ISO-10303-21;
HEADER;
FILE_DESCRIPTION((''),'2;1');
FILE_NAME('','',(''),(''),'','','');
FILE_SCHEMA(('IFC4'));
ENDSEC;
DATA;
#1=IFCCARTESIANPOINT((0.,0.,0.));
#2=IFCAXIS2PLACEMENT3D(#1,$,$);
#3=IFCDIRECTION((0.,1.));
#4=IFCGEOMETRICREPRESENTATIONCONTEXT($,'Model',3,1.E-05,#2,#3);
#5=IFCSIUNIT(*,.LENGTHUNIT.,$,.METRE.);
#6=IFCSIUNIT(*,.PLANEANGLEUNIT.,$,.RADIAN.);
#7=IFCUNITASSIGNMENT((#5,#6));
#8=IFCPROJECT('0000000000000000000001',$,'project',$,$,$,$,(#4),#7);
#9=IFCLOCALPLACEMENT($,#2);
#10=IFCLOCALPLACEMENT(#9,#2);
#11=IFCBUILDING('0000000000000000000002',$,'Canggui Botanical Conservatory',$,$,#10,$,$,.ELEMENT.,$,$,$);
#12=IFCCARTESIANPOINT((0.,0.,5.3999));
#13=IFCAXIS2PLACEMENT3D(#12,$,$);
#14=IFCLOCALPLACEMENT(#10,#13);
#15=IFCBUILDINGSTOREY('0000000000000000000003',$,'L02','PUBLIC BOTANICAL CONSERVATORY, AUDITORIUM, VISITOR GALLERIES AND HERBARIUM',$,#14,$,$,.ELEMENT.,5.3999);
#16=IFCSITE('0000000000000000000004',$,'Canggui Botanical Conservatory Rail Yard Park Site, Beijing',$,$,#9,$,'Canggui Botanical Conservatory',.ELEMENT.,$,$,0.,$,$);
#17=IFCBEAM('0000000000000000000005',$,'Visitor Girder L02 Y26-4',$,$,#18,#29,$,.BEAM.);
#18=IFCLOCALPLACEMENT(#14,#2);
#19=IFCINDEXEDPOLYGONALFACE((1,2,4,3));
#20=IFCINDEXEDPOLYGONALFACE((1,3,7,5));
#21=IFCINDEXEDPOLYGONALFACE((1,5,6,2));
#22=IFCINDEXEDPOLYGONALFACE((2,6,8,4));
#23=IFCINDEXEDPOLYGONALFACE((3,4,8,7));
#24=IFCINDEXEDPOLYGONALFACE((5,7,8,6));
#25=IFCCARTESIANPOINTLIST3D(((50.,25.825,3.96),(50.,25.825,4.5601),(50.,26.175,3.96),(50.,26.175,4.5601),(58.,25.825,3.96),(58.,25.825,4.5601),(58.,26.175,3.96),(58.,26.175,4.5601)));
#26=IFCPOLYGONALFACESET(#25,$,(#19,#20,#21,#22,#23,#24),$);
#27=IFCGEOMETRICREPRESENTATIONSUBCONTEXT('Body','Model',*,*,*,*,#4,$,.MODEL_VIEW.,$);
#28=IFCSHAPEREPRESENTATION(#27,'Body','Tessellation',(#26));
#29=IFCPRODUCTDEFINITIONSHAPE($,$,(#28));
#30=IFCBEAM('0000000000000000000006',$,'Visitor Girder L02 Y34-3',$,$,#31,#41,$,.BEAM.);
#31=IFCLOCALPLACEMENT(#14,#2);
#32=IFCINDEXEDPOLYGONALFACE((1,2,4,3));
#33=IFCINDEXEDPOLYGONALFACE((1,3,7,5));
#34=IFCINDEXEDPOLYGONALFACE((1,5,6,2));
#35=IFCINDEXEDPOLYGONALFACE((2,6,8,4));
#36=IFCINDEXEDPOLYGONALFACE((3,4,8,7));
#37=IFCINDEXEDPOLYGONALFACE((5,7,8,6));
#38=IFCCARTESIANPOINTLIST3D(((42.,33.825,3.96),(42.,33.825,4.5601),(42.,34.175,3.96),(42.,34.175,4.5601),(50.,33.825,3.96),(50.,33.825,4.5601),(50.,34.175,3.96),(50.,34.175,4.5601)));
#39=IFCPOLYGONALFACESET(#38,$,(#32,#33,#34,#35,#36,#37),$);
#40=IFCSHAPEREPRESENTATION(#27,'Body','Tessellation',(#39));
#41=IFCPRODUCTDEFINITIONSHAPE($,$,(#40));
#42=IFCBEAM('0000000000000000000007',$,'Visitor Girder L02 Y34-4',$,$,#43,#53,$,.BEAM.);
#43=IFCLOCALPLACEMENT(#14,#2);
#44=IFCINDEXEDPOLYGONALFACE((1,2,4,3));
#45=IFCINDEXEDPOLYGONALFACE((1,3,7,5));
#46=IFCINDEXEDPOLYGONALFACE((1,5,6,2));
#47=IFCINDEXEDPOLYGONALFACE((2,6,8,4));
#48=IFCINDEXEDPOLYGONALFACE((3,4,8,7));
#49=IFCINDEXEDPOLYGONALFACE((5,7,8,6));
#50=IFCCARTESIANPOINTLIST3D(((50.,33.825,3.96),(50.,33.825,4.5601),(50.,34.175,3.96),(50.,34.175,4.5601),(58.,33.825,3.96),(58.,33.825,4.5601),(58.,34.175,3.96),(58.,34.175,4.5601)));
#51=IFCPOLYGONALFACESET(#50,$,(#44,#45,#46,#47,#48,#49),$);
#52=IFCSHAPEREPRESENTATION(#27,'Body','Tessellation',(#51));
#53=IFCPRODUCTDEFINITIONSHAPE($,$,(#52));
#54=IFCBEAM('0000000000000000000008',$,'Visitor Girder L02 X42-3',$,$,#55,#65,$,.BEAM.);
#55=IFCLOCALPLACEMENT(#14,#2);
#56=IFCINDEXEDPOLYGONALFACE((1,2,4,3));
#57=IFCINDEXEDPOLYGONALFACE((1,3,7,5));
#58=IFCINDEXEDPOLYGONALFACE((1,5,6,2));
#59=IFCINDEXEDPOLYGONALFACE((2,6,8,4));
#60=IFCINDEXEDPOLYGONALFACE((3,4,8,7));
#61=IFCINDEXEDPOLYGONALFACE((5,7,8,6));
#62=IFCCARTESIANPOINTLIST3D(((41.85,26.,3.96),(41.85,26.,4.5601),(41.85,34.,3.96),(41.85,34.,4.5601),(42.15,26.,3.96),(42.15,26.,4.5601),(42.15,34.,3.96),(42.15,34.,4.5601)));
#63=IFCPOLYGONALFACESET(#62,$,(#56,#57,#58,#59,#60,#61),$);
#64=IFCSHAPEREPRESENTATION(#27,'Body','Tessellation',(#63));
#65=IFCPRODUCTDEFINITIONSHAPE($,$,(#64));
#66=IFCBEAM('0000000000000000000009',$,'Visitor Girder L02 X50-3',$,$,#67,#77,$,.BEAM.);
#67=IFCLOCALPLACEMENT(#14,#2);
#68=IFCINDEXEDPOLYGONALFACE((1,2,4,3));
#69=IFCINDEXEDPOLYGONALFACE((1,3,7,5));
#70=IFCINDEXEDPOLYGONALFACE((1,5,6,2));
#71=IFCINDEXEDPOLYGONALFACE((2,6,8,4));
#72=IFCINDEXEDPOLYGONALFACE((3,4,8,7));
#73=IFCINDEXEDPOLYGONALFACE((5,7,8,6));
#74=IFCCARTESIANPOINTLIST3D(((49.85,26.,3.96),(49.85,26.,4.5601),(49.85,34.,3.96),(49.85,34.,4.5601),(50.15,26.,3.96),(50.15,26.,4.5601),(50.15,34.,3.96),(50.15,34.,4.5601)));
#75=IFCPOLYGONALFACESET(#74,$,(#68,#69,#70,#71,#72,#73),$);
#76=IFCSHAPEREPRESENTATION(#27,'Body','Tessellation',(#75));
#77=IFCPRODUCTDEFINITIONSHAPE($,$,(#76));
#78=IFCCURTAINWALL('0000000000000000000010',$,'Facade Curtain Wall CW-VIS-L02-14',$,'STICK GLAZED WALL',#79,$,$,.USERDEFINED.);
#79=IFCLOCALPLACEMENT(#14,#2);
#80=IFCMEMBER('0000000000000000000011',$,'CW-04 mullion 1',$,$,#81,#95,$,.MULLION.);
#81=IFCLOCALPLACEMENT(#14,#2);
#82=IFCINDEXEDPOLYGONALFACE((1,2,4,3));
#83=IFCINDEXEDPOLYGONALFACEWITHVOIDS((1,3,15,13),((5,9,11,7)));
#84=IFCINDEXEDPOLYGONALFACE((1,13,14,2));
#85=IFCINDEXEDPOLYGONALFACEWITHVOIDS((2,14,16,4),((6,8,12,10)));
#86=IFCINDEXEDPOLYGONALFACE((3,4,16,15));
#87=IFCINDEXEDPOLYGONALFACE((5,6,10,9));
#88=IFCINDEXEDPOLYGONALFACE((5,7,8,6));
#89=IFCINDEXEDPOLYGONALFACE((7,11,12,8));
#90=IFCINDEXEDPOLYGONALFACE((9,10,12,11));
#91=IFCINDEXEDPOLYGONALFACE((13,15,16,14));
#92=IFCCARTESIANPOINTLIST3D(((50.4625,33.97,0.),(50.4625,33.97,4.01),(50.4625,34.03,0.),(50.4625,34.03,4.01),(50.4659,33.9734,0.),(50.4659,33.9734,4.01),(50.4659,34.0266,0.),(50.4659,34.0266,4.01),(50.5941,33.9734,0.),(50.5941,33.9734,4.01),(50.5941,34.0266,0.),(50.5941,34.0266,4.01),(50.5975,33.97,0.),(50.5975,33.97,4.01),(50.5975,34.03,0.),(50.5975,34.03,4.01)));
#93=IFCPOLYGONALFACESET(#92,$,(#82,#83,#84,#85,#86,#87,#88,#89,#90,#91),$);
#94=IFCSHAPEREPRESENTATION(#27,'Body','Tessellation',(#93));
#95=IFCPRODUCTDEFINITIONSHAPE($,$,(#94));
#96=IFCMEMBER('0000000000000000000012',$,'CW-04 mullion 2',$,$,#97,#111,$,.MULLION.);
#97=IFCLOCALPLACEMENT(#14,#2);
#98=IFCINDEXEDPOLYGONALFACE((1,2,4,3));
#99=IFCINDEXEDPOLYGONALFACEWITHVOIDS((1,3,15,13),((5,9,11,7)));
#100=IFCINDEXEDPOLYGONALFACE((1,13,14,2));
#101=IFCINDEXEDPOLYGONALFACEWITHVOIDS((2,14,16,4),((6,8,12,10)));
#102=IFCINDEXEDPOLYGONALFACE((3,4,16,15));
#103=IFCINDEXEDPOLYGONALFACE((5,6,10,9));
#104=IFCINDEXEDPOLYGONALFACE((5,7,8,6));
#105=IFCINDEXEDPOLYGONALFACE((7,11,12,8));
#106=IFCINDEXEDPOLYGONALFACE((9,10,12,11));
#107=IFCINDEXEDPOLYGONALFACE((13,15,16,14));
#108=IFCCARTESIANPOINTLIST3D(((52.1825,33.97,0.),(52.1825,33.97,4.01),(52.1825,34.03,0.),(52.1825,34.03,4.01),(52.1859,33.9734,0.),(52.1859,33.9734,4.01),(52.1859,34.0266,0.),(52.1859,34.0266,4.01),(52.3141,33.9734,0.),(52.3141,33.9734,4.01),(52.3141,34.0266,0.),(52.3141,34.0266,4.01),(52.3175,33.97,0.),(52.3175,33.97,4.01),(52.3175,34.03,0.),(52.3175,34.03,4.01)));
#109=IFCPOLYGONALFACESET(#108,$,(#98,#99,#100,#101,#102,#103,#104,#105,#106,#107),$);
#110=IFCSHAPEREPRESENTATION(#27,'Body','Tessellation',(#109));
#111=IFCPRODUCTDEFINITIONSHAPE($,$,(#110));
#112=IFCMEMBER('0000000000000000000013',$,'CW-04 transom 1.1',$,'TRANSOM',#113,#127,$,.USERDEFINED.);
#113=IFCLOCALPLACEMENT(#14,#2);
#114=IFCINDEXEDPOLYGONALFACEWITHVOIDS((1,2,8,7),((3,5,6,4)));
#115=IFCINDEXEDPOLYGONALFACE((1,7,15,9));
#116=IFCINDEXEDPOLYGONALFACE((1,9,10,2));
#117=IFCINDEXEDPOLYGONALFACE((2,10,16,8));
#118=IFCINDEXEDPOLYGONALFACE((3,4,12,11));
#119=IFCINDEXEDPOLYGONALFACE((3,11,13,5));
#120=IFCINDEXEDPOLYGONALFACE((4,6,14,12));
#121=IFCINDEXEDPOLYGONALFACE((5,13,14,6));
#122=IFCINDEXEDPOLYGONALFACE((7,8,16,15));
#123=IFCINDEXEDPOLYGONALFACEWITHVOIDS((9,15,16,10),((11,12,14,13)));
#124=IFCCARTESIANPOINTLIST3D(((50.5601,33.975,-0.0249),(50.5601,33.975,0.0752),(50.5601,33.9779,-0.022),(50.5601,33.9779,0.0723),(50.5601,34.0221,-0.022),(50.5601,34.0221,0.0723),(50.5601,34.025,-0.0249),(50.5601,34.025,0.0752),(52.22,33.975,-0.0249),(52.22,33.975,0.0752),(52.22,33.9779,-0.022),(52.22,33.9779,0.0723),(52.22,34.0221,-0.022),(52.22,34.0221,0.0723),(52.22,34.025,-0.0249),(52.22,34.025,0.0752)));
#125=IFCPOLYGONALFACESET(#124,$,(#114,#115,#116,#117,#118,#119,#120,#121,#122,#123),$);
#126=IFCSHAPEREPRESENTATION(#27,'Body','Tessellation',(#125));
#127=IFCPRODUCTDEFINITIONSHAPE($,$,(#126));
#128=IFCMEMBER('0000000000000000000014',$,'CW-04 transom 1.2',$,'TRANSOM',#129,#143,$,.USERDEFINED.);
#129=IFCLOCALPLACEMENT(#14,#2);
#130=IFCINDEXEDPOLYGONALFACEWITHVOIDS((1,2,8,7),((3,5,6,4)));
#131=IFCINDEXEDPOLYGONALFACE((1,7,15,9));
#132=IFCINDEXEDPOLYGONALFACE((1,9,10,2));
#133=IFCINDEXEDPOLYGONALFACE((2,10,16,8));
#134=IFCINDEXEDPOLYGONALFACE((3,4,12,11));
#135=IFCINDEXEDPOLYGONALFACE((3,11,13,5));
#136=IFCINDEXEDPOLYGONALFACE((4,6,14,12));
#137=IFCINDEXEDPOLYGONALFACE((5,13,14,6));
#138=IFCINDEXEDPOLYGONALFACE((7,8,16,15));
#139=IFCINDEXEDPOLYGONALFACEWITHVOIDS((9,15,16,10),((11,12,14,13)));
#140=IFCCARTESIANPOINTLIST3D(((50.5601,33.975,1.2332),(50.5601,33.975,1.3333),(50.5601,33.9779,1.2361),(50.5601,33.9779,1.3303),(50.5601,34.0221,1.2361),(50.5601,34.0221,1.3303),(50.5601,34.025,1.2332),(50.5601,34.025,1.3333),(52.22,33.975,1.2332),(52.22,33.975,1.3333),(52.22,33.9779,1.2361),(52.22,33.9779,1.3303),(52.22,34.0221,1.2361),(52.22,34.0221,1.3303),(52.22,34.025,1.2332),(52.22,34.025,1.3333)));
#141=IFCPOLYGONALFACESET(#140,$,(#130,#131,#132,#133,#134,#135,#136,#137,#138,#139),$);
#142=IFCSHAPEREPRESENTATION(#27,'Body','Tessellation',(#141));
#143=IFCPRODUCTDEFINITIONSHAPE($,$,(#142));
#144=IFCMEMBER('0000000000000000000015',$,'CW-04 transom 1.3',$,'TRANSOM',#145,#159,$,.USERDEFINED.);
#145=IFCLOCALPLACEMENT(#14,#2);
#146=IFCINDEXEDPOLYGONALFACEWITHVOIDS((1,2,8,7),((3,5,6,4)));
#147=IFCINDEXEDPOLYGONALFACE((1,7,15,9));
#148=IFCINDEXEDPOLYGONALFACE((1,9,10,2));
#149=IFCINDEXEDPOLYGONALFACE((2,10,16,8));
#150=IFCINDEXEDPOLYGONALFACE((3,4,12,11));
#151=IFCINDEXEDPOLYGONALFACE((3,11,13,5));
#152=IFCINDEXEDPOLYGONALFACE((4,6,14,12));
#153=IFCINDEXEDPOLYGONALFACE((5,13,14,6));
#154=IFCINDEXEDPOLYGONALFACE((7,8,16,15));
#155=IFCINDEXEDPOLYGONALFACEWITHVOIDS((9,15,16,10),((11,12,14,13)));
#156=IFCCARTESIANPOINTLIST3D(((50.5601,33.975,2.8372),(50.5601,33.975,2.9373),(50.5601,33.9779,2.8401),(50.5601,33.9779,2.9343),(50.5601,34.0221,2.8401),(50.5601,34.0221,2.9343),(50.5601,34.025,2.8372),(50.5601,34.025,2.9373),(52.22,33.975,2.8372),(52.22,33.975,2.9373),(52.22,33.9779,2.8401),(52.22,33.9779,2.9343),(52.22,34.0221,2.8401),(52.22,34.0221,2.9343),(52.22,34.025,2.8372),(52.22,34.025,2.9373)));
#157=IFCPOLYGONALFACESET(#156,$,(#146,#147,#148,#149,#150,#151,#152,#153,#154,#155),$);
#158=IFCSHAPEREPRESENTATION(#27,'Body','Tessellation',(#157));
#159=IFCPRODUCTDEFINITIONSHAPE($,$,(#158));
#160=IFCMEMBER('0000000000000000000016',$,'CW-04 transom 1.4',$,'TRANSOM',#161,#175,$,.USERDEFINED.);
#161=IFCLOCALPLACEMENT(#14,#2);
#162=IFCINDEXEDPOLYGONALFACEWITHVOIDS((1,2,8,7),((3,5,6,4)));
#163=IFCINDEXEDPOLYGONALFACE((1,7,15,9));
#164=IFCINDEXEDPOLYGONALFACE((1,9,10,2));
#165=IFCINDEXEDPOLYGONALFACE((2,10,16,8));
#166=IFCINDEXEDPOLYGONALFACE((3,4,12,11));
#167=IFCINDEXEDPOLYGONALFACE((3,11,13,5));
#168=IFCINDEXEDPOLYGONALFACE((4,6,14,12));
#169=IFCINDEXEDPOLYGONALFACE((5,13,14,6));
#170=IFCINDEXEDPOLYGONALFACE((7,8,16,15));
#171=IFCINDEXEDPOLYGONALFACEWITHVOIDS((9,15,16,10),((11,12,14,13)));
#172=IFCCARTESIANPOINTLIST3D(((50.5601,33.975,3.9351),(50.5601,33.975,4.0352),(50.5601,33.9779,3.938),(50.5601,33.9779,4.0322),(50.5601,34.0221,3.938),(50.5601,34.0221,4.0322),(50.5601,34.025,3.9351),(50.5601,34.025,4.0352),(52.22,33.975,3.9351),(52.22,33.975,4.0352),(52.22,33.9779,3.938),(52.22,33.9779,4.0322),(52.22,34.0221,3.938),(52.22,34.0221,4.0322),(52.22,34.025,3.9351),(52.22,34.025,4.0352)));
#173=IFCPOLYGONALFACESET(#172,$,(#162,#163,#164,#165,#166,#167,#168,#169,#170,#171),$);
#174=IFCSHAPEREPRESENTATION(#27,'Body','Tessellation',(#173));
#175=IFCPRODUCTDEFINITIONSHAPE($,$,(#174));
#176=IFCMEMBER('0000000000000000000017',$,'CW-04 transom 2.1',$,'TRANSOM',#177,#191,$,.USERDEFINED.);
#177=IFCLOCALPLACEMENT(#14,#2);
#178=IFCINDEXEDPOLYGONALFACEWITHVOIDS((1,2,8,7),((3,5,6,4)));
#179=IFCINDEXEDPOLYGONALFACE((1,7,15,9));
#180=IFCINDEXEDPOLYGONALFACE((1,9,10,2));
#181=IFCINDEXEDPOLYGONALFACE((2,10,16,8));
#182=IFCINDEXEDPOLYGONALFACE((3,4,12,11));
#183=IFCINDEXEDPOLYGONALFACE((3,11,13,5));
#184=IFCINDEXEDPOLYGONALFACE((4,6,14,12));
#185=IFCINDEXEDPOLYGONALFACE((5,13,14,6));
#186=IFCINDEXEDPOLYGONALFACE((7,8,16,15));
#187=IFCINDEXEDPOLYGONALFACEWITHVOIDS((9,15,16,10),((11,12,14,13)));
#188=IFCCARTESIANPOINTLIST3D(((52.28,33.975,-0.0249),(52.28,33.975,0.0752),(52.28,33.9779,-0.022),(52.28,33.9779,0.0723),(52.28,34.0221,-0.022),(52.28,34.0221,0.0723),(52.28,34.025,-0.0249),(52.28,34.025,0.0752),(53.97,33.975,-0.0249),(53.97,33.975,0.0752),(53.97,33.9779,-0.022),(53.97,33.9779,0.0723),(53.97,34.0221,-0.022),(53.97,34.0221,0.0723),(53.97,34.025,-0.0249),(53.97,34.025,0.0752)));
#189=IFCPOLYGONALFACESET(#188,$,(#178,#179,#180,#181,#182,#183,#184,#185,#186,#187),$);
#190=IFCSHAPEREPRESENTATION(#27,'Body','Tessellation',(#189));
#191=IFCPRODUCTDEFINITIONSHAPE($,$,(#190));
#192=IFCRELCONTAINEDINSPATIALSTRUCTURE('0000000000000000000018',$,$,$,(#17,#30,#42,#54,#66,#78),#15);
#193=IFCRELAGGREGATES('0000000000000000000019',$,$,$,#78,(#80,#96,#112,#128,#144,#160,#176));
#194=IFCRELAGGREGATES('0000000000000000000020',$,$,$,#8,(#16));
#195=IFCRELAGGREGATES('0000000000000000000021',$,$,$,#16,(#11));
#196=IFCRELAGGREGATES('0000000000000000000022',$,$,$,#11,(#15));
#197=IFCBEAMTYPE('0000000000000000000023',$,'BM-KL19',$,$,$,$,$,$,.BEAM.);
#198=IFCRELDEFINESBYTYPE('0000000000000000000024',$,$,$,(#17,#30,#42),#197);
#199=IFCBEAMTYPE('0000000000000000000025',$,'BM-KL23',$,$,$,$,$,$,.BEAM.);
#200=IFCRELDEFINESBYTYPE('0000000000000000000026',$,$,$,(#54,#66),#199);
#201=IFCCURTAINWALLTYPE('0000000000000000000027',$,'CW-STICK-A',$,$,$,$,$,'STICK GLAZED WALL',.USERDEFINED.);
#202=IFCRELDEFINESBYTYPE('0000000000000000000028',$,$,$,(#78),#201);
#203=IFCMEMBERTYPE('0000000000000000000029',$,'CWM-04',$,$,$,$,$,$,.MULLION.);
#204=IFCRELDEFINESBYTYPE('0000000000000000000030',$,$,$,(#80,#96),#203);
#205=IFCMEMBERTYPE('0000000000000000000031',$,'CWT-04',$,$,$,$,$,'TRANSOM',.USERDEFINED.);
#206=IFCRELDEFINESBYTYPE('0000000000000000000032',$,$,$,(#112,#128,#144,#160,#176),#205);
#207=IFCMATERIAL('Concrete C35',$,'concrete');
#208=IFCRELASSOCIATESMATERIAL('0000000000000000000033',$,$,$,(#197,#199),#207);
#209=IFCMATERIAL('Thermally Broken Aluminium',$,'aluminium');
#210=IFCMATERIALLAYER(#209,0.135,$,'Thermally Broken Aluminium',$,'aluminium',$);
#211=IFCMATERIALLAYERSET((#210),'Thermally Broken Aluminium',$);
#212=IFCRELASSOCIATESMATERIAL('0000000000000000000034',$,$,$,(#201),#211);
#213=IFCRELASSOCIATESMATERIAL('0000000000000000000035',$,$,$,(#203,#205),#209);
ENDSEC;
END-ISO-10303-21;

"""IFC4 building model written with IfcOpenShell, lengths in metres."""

from ifc_helpers import new_model, si_unit, direction, frame, origin, origin_2d, place, context, subcontext, project, spatial, rectangle, hollow_rectangle, extrude, material, layer, layer_set, material_profile, profile_set, type_object, element, aggregate, save


model = new_model("IFC4")

# Units and contexts
model_context = context("Model", 3, precision=1e-05, world=origin(), true_north=direction((0.0, 1.0)))
body_context = subcontext(model_context, "Body", "Model", "MODEL_VIEW")
ifc_project = project(units=[si_unit("LENGTHUNIT", "METRE"), si_unit("PLANEANGLEUNIT", "RADIAN")], contexts=[model_context])

# Site, building, storey
site_placement = place(None, origin())
site = spatial("IfcSite", under=ifc_project, at=site_placement, Name="Canggui Botanical Conservatory Rail Yard Park Site, Beijing", LongName="Canggui Botanical Conservatory", CompositionType="ELEMENT", RefElevation=0.0)
building_placement = place(site_placement, origin())
building = spatial("IfcBuilding", under=site, at=building_placement, Name="Canggui Botanical Conservatory", CompositionType="ELEMENT")
storey_placement = place(building_placement, frame((0.0, 0.0, 5.3999)))
storey = spatial("IfcBuildingStorey", under=building, at=storey_placement, Name="L02", Description="PUBLIC BOTANICAL CONSERVATORY, AUDITORIUM, VISITOR GALLERIES AND HERBARIUM", CompositionType="ELEMENT", Elevation=5.3999)

# Shared definitions
ifc_material_1 = material(Name="Concrete C35", Category="concrete")

# Beams
ifc_material_profile_1 = material_profile(ifc_material_1, rectangle(XDim=0.3501, YDim=0.6001, at=origin_2d()), Name="RB 350x600")
ifc_profile_set_1 = profile_set([ifc_material_profile_1], Name="Concrete C35")
beam_type_1 = type_object("IfcBeamType", Name="BM-KL19", PredefinedType="BEAM", material=ifc_profile_set_1)
for number, where, z_axis, x_axis, name in (
    (1, (50.0, 26.0, 4.26), (1.0, 0.0, 0.0), (0.0, 1.0, 0.0), "Visitor Girder L02 Y26-4"),
    (2, (42.0, 34.0, 4.26), (1.0, 0.0, 0.0), (0.0, 1.0, 0.0), "Visitor Girder L02 Y34-3"),
    (3, (50.0, 34.0, 4.26), (1.0, 0.0, 0.0), (0.0, 1.0, 0.0), "Visitor Girder L02 Y34-4"),
):
    element("IfcBeam", number, at=place(storey_placement, frame(where, z_axis=z_axis, x_axis=x_axis)), inside=storey, type_object=beam_type_1, Name=name, PredefinedType="BEAM", context=body_context, shape_type="SweptSolid", body=[
        extrude(rectangle(XDim=0.3501, YDim=0.6001, at=origin_2d()), origin(), (0.0, 0.0, 1.0), 8.0),
    ])
ifc_material_profile_2 = material_profile(ifc_material_1, rectangle(XDim=0.3, YDim=0.6001, at=origin_2d()), Name="RB 300x600")
ifc_profile_set_2 = profile_set([ifc_material_profile_2], Name="Concrete C35")
beam_type_2 = type_object("IfcBeamType", Name="BM-KL23", PredefinedType="BEAM", material=ifc_profile_set_2)
for number, where, z_axis, x_axis, name in (
    (4, (42.0, 26.0, 4.26), (0.0, 1.0, 0.0), (-1.0, 0.0, 0.0), "Visitor Girder L02 X42-3"),
    (5, (50.0, 26.0, 4.26), (0.0, 1.0, 0.0), (-1.0, 0.0, 0.0), "Visitor Girder L02 X50-3"),
):
    element("IfcBeam", number, at=place(storey_placement, frame(where, z_axis=z_axis, x_axis=x_axis)), inside=storey, type_object=beam_type_2, Name=name, PredefinedType="BEAM", context=body_context, shape_type="SweptSolid", body=[
        extrude(rectangle(XDim=0.3, YDim=0.6001, at=origin_2d()), origin(), (0.0, 0.0, 1.0), 8.0),
    ])

# Curtain wall, members
ifc_material_2 = material(Name="Thermally Broken Aluminium", Category="aluminium")
ifc_layer_1 = layer(ifc_material_2, 0.135, Name="Thermally Broken Aluminium", Category="aluminium")
ifc_layer_set_1 = layer_set([ifc_layer_1], Name="Thermally Broken Aluminium")
curtain_wall_type = type_object("IfcCurtainWallType", Name="CW-STICK-A", ElementType="STICK GLAZED WALL", PredefinedType="USERDEFINED", material=ifc_layer_set_1)
curtain_wall_placement = place(storey_placement, origin())
curtain_wall = element("IfcCurtainWall", 6, at=curtain_wall_placement, inside=storey, type_object=curtain_wall_type, Name="Facade Curtain Wall CW-VIS-L02-14", ObjectType="STICK GLAZED WALL", PredefinedType="USERDEFINED")
ifc_material_profile_3 = material_profile(ifc_material_2, hollow_rectangle(XDim=0.0601, YDim=0.135, WallThickness=0.0034, at=origin_2d()), Name="CWM 60x135x3.5")
ifc_profile_set_3 = profile_set([ifc_material_profile_3], Name="Thermally Broken Aluminium")
member_type_1 = type_object("IfcMemberType", Name="CWM-04", PredefinedType="MULLION", material=ifc_profile_set_3)
member_1_placement = place(storey_placement, frame((50.53, 34.0, 0.0), z_axis=(0.0, 0.0, 1.0), x_axis=(0.0, 1.0, 0.0)))
member_1 = element("IfcMember", 7, at=member_1_placement, type_object=member_type_1, Name="CW-04 mullion 1", PredefinedType="MULLION", context=body_context, shape_type="SweptSolid", body=[
    extrude(hollow_rectangle(XDim=0.0601, YDim=0.135, WallThickness=0.0034, at=origin_2d()), origin(), (0.0, 0.0, 1.0), 4.01),
])
member_2_placement = place(storey_placement, frame((52.25, 34.0, 0.0), z_axis=(0.0, 0.0, 1.0), x_axis=(0.0, 1.0, 0.0)))
member_2 = element("IfcMember", 8, at=member_2_placement, type_object=member_type_1, Name="CW-04 mullion 2", PredefinedType="MULLION", context=body_context, shape_type="SweptSolid", body=[
    extrude(hollow_rectangle(XDim=0.0601, YDim=0.135, WallThickness=0.0034, at=origin_2d()), origin(), (0.0, 0.0, 1.0), 4.01),
])
ifc_material_profile_4 = material_profile(ifc_material_2, hollow_rectangle(XDim=0.05, YDim=0.1001, WallThickness=0.0029, at=origin_2d()), Name="CWT 50x100x3")
ifc_profile_set_4 = profile_set([ifc_material_profile_4], Name="Thermally Broken Aluminium")
member_type_2 = type_object("IfcMemberType", Name="CWT-04", ElementType="TRANSOM", PredefinedType="USERDEFINED", material=ifc_profile_set_4)
member_3_placement = place(storey_placement, frame((50.5601, 34.0, 0.0251), z_axis=(1.0, 0.0, 0.0), x_axis=(0.0, 1.0, 0.0)))
member_3 = element("IfcMember", 9, at=member_3_placement, type_object=member_type_2, Name="CW-04 transom 1.1", ObjectType="TRANSOM", PredefinedType="USERDEFINED", context=body_context, shape_type="SweptSolid", body=[
    extrude(hollow_rectangle(XDim=0.05, YDim=0.1001, WallThickness=0.0029, at=origin_2d()), origin(), (0.0, 0.0, 1.0), 1.6599),
])
member_4_placement = place(storey_placement, frame((50.5601, 34.0, 1.2832), z_axis=(1.0, 0.0, 0.0), x_axis=(0.0, 1.0, 0.0)))
member_4 = element("IfcMember", 10, at=member_4_placement, type_object=member_type_2, Name="CW-04 transom 1.2", ObjectType="TRANSOM", PredefinedType="USERDEFINED", context=body_context, shape_type="SweptSolid", body=[
    extrude(hollow_rectangle(XDim=0.05, YDim=0.1001, WallThickness=0.0029, at=origin_2d()), origin(), (0.0, 0.0, 1.0), 1.6599),
])
member_5_placement = place(storey_placement, frame((50.5601, 34.0, 2.8872), z_axis=(1.0, 0.0, 0.0), x_axis=(0.0, 1.0, 0.0)))
member_5 = element("IfcMember", 11, at=member_5_placement, type_object=member_type_2, Name="CW-04 transom 1.3", ObjectType="TRANSOM", PredefinedType="USERDEFINED", context=body_context, shape_type="SweptSolid", body=[
    extrude(hollow_rectangle(XDim=0.05, YDim=0.1001, WallThickness=0.0029, at=origin_2d()), origin(), (0.0, 0.0, 1.0), 1.6599),
])
member_6_placement = place(storey_placement, frame((50.5601, 34.0, 3.9851), z_axis=(1.0, 0.0, 0.0), x_axis=(0.0, 1.0, 0.0)))
member_6 = element("IfcMember", 12, at=member_6_placement, type_object=member_type_2, Name="CW-04 transom 1.4", ObjectType="TRANSOM", PredefinedType="USERDEFINED", context=body_context, shape_type="SweptSolid", body=[
    extrude(hollow_rectangle(XDim=0.05, YDim=0.1001, WallThickness=0.0029, at=origin_2d()), origin(), (0.0, 0.0, 1.0), 1.6599),
])
member_7_placement = place(storey_placement, frame((52.28, 34.0, 0.0251), z_axis=(1.0, 0.0, 0.0), x_axis=(0.0, 1.0, 0.0)))
member_7 = element("IfcMember", 13, at=member_7_placement, type_object=member_type_2, Name="CW-04 transom 2.1", ObjectType="TRANSOM", PredefinedType="USERDEFINED", context=body_context, shape_type="SweptSolid", body=[
    extrude(hollow_rectangle(XDim=0.05, YDim=0.1001, WallThickness=0.0029, at=origin_2d()), origin(), (0.0, 0.0, 1.0), 1.6899),
])

aggregate(curtain_wall, [member_1, member_2, member_3, member_4, member_5, member_6, member_7])

save(model, "model.ifc")
